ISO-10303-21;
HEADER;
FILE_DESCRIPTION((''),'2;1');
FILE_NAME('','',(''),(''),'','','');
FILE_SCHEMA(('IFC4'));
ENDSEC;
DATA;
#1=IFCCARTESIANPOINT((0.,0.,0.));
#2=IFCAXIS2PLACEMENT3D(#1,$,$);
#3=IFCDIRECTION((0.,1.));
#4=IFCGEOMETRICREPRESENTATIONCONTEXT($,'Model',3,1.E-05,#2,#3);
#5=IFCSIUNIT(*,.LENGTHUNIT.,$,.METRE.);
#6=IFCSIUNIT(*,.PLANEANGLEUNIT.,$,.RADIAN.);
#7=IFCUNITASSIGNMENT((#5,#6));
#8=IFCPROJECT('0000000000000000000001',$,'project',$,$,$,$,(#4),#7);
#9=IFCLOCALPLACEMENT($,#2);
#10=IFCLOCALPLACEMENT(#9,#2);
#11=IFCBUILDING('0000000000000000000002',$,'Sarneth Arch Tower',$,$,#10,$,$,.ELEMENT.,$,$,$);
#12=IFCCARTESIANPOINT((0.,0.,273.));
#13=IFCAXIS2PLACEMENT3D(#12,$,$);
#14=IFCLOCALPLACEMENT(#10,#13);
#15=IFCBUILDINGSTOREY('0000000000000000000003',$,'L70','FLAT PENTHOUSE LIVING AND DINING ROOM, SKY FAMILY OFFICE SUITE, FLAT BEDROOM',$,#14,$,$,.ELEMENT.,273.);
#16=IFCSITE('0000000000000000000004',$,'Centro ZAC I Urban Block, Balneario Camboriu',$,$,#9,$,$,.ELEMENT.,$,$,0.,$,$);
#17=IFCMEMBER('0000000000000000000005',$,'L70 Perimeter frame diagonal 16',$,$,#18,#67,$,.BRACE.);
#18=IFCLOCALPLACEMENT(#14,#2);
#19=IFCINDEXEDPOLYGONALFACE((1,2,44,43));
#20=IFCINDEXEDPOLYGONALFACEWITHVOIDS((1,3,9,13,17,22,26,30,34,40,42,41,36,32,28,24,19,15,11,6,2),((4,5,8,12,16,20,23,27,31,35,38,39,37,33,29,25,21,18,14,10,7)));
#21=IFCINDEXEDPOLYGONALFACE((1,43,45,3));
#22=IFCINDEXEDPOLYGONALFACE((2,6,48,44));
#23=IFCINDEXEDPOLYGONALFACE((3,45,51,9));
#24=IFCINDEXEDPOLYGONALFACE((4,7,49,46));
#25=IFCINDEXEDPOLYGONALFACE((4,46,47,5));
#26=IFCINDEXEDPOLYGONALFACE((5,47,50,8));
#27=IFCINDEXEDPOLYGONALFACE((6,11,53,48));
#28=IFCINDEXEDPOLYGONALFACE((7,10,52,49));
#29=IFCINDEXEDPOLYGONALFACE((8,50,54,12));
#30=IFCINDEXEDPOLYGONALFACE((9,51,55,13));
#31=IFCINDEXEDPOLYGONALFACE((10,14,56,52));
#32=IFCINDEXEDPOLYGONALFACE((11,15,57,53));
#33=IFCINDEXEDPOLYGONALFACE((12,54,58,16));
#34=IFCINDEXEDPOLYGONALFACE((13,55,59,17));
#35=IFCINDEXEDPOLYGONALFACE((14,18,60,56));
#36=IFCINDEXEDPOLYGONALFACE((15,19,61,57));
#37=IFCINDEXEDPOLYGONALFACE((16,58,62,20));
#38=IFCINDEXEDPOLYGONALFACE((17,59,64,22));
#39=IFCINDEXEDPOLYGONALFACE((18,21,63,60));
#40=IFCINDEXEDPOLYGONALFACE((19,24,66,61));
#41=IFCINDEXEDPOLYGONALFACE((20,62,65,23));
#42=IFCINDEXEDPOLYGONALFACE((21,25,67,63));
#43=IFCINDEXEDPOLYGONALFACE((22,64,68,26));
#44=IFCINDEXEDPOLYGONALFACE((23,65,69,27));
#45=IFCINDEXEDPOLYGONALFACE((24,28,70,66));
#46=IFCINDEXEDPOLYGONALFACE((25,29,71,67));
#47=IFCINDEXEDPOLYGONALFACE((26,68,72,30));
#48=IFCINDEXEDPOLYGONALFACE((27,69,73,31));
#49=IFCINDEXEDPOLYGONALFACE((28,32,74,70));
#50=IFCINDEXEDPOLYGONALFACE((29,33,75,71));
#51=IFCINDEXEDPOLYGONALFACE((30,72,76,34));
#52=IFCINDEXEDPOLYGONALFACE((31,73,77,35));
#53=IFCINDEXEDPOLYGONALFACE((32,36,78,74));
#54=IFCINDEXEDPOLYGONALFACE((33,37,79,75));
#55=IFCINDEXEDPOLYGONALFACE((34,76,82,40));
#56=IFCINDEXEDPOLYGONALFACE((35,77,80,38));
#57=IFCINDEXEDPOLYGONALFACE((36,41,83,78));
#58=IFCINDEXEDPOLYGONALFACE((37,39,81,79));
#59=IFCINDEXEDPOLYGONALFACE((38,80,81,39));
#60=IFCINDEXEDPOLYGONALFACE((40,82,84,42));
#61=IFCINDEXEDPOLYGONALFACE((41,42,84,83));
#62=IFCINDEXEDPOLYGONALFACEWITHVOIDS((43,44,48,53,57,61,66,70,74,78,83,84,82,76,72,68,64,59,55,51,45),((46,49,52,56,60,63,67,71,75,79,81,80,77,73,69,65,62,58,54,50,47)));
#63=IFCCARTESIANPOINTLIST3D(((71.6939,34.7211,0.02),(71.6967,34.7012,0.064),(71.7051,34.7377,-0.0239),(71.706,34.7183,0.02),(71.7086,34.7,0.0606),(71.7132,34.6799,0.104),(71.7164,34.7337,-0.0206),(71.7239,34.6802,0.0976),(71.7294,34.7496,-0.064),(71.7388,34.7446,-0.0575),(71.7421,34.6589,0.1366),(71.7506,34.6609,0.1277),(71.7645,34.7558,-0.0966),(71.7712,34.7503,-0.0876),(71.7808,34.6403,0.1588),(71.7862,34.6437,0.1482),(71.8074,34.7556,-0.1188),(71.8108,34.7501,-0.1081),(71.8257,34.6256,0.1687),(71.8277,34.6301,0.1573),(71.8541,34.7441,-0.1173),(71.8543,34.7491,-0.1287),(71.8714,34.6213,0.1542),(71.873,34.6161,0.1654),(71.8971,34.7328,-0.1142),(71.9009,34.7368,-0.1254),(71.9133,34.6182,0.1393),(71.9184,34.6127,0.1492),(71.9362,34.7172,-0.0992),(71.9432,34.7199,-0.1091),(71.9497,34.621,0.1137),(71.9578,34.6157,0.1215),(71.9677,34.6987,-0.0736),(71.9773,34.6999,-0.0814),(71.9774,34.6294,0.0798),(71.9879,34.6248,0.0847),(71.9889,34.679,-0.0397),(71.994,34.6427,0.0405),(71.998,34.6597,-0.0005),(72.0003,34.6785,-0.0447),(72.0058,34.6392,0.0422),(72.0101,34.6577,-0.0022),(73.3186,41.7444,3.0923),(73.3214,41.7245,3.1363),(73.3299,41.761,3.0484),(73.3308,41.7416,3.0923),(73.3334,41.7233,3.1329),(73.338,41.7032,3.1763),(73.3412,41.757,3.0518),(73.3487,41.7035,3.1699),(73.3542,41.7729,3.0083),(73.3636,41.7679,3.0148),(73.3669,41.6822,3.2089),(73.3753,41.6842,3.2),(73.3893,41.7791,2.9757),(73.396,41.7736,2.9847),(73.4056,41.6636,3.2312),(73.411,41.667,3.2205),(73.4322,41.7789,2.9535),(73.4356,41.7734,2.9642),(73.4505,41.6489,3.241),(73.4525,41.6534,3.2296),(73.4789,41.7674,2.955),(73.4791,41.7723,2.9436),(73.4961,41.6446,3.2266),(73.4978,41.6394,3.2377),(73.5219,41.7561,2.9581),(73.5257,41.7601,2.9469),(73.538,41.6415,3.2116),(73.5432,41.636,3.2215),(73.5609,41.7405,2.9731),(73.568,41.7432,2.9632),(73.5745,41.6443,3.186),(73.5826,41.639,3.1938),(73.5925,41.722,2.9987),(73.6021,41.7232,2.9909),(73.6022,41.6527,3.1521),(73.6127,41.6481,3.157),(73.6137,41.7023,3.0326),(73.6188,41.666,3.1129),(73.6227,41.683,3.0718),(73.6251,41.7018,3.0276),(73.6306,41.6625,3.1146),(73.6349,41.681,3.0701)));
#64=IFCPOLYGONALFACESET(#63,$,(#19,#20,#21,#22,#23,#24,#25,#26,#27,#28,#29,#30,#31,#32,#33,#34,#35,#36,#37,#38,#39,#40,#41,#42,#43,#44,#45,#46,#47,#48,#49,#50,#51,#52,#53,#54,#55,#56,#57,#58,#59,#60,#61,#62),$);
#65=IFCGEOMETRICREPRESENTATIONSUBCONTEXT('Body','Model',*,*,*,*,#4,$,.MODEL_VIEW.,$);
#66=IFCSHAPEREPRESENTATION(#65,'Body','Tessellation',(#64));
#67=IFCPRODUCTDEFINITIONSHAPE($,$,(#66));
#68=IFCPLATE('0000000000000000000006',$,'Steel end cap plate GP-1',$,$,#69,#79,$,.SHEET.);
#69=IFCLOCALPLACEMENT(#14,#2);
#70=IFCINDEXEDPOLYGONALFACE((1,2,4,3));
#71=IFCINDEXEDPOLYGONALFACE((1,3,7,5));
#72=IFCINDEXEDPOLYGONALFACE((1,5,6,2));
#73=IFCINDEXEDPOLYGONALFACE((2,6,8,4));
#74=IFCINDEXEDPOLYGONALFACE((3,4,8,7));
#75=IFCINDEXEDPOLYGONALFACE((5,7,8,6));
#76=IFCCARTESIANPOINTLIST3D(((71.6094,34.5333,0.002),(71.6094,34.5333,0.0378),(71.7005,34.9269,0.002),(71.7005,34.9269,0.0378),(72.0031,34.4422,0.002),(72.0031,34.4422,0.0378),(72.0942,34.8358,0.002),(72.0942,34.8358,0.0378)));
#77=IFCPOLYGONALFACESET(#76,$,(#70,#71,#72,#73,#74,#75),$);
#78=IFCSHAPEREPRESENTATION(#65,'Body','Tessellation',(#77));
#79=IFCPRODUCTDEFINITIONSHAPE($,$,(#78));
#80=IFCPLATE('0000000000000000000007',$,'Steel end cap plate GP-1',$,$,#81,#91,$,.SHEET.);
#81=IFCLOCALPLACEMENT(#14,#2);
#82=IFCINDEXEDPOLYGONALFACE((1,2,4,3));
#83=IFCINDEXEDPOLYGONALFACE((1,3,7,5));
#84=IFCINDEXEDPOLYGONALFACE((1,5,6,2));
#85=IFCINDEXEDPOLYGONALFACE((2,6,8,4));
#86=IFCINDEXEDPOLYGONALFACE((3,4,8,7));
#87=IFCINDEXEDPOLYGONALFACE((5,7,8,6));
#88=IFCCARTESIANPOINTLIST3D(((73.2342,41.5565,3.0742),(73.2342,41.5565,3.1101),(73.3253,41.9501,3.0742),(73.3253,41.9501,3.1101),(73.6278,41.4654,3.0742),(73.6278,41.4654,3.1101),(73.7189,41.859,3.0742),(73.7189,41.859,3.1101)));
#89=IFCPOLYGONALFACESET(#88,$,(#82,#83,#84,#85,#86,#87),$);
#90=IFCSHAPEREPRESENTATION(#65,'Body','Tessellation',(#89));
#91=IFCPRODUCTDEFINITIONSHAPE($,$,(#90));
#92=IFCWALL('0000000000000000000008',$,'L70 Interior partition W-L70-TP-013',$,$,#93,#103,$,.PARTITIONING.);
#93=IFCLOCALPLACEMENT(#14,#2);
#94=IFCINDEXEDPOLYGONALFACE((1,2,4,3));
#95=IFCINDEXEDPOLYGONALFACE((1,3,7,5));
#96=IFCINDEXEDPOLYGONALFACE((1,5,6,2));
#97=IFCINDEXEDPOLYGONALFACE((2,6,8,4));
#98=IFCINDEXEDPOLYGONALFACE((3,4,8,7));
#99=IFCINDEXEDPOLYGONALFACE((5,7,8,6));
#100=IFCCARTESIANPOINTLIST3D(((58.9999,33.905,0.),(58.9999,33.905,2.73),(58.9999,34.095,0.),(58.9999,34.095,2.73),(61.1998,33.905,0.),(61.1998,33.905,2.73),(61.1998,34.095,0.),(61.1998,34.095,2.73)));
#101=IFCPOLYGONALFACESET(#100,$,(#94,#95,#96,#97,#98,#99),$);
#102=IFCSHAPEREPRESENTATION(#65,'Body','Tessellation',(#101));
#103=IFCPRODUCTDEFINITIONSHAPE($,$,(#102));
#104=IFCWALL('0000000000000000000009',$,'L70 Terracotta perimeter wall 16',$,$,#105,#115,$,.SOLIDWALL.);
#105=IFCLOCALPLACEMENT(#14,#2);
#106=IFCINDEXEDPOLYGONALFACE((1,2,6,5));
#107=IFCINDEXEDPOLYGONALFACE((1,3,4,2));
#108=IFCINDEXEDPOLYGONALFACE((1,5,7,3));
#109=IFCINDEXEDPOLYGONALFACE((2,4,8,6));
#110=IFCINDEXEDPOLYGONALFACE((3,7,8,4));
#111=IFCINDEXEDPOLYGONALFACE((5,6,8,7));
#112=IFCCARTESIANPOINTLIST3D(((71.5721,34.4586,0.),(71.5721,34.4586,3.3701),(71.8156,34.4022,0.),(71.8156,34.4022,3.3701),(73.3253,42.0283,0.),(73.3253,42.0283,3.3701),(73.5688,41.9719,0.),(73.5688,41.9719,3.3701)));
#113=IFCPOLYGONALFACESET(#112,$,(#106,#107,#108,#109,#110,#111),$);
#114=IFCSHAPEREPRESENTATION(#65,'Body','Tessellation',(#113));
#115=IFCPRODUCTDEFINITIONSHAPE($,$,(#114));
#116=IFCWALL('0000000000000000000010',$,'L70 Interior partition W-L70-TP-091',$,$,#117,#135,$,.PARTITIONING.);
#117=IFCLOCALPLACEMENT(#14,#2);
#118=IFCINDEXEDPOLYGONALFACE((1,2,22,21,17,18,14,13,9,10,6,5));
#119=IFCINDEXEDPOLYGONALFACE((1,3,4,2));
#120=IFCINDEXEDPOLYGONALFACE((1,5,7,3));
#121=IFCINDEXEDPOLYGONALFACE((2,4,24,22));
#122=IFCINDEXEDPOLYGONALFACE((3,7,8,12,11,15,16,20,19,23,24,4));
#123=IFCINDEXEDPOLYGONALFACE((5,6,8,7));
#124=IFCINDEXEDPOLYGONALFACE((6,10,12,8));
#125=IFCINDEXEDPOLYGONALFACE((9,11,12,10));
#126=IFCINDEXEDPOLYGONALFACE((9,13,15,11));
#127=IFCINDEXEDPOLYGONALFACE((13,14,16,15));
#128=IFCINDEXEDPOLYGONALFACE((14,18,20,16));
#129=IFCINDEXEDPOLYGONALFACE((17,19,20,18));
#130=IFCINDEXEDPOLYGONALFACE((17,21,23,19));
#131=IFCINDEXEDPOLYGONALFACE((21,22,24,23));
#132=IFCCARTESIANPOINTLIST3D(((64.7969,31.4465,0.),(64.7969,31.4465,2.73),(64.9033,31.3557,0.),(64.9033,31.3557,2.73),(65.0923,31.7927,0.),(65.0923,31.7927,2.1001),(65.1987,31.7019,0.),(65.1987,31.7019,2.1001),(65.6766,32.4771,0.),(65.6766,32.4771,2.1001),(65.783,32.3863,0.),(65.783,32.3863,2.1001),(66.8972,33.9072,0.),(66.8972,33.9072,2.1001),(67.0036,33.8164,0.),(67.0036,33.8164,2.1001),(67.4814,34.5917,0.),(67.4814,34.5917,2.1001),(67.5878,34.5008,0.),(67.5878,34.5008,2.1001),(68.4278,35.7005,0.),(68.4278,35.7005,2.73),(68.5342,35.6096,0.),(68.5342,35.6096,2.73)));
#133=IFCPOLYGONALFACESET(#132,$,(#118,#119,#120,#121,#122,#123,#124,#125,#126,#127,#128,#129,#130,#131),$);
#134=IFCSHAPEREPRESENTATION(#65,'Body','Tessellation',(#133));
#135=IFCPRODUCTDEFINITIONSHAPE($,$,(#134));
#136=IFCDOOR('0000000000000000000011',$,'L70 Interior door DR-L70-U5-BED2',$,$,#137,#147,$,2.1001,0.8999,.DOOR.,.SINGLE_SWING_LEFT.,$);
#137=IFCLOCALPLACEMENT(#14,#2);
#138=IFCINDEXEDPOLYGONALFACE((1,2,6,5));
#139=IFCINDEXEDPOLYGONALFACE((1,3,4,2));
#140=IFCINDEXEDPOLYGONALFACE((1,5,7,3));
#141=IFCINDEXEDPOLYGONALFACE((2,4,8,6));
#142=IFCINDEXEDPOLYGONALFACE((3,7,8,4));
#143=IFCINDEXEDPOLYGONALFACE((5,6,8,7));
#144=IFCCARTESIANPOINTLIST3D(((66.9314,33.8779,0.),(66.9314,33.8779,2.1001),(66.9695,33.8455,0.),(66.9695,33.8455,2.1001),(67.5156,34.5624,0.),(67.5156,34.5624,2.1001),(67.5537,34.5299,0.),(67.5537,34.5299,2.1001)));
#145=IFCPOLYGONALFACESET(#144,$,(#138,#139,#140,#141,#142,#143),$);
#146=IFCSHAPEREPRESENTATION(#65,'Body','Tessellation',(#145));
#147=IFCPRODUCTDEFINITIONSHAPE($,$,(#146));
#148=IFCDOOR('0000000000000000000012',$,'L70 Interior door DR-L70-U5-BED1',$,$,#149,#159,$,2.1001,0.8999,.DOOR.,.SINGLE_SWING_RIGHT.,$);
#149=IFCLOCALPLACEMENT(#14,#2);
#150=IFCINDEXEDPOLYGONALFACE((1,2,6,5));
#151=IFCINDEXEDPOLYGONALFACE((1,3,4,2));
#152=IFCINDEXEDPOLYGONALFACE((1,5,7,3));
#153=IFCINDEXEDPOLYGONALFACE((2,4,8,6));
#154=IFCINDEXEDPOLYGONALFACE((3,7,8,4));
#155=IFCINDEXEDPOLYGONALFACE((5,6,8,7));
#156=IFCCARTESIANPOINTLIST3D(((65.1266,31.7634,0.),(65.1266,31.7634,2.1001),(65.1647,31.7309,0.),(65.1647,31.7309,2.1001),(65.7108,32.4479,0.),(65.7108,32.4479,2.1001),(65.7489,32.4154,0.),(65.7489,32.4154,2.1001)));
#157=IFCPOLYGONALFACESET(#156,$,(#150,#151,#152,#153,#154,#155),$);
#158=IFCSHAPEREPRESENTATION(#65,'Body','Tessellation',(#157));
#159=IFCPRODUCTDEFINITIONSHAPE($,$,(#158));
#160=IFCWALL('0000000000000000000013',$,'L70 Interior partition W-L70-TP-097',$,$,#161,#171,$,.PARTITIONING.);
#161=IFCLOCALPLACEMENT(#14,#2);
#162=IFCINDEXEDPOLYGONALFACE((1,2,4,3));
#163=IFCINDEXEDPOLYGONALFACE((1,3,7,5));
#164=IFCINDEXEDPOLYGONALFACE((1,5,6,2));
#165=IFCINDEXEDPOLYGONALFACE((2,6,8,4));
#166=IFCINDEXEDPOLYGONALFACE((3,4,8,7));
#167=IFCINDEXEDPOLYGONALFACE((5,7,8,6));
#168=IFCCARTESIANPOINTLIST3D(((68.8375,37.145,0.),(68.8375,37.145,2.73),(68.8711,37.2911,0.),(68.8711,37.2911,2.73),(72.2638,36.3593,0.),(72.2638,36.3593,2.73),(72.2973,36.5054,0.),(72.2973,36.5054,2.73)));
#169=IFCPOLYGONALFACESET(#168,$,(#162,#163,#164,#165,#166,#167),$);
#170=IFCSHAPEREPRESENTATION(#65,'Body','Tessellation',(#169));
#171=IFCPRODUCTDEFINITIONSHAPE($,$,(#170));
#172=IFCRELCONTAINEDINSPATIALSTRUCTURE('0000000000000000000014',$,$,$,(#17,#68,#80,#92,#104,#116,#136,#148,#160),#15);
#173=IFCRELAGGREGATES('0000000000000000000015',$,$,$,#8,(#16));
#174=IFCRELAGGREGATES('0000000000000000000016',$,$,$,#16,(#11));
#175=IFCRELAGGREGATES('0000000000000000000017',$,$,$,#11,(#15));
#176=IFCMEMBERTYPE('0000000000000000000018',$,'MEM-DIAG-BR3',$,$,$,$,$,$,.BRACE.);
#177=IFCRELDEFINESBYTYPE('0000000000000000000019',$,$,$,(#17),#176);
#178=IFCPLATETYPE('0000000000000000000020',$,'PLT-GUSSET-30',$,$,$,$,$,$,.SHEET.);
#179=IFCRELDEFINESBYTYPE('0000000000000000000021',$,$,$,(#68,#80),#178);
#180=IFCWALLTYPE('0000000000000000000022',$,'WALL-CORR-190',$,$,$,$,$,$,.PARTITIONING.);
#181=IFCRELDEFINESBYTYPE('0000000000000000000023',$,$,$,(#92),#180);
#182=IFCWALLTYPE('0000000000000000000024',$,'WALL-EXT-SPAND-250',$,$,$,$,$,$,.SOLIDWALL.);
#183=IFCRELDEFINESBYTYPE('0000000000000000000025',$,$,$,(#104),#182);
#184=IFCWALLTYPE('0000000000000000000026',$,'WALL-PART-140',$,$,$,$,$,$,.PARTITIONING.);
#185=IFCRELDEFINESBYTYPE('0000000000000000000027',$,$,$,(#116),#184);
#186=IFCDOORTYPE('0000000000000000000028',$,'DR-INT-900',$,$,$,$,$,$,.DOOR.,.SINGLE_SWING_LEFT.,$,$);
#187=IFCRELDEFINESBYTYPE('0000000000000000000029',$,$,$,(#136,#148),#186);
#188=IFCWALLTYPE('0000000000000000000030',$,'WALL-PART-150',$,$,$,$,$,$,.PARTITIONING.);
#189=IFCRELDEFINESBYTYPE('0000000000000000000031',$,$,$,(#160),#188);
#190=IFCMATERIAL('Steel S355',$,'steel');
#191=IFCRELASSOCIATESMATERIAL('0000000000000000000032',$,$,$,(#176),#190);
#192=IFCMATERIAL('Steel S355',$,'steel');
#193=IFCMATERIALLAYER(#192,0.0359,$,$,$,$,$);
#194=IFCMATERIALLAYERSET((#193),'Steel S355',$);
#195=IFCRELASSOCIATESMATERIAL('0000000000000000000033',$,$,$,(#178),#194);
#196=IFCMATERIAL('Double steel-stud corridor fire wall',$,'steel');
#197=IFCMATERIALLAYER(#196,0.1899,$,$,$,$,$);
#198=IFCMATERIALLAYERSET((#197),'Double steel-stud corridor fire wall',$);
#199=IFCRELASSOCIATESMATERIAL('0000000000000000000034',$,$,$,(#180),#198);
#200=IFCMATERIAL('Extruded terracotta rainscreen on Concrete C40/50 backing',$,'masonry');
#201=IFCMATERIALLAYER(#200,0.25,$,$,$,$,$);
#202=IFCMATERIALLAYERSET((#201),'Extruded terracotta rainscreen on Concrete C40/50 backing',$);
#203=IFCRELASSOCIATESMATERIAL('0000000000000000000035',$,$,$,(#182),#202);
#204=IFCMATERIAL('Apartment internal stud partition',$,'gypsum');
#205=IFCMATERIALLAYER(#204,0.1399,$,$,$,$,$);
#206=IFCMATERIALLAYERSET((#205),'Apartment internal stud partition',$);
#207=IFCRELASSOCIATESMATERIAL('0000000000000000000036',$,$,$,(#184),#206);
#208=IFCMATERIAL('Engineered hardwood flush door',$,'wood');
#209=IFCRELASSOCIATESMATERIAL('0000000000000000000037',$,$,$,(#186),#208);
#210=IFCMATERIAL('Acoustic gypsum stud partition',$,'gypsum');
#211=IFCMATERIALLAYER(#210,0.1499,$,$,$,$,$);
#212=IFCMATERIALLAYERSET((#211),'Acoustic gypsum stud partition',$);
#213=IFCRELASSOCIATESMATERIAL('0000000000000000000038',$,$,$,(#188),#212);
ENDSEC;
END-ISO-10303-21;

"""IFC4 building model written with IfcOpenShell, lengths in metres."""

from ifc_helpers import new_model, si_unit, direction, frame, frame_2d, origin, origin_2d, place, context, subcontext, project, spatial, rectangle, hollow_circle, extrude, material, layer, layer_set, material_profile, profile_set, type_object, element, fill, save


model = new_model("IFC4")

# Units and contexts
model_context = context("Model", 3, precision=1e-05, world=origin(), true_north=direction((0.0, 1.0)))
body_context = subcontext(model_context, "Body", "Model", "MODEL_VIEW")
ifc_project = project(units=[si_unit("LENGTHUNIT", "METRE"), si_unit("PLANEANGLEUNIT", "RADIAN")], contexts=[model_context])

# Site, building, storey
site_placement = place(None, origin())
site = spatial("IfcSite", under=ifc_project, at=site_placement, Name="Centro ZAC I Urban Block, Balneario Camboriu", CompositionType="ELEMENT", RefElevation=0.0)
building_placement = place(site_placement, origin())
building = spatial("IfcBuilding", under=site, at=building_placement, Name="Sarneth Arch Tower", CompositionType="ELEMENT")
storey_placement = place(building_placement, frame((0.0, 0.0, 273.0)))
storey = spatial("IfcBuildingStorey", under=building, at=storey_placement, Name="L70", Description="FLAT PENTHOUSE LIVING AND DINING ROOM, SKY FAMILY OFFICE SUITE, FLAT BEDROOM", CompositionType="ELEMENT", Elevation=273.0)

# Member
ifc_material_1 = material(Name="Steel S355", Category="steel")
ifc_material_profile_1 = material_profile(ifc_material_1, hollow_circle(Radius=0.1621, WallThickness=0.0125, at=origin_2d()), Name="CHS324x12.5")
ifc_profile_set_1 = profile_set([ifc_material_profile_1], Name="Steel S355")
member_type = type_object("IfcMemberType", Name="MEM-DIAG-BR3", PredefinedType="BRACE", material=ifc_profile_set_1)
member_placement = place(storey_placement, frame((71.8518, 34.6846, 0.02), z_axis=(0.207343, 0.896265, 0.392067), x_axis=(-0.974269, 0.225389, 0.0)))
element("IfcMember", 1, at=member_placement, inside=storey, type_object=member_type, Name="L70 Perimeter frame diagonal 16", PredefinedType="BRACE", context=body_context, shape_type="SweptSolid", body=[
    extrude(hollow_circle(Radius=0.1621, WallThickness=0.0125, at=origin_2d()), origin(), (0.0, 0.0, 1.0), 7.8362),
])

# Plates
ifc_material_2 = material(Name="Steel S355", Category="steel")
ifc_layer_1 = layer(ifc_material_2, 0.0359)
ifc_layer_set_1 = layer_set([ifc_layer_1], Name="Steel S355")
plate_type = type_object("IfcPlateType", Name="PLT-GUSSET-30", PredefinedType="SHEET", material=ifc_layer_set_1)
for number, where, z_axis, x_axis, name in (
    (2, (71.8518, 34.6846, 0.002), (0.0, 0.0, 1.0), (0.225461, 0.974252, 0.0), "Steel end cap plate GP-1"),
    (3, (73.4766, 41.7078, 3.0742), (0.0, 0.0, 1.0), (0.225461, 0.974252, 0.0), "Steel end cap plate GP-1"),
):
    element("IfcPlate", number, at=place(storey_placement, frame(where, z_axis=z_axis, x_axis=x_axis)), inside=storey, type_object=plate_type, Name=name, PredefinedType="SHEET", context=body_context, shape_type="SweptSolid", body=[
        extrude(rectangle(XDim=0.4041, YDim=0.4041, at=origin_2d()), origin(), (0.0, 0.0, 1.0), 0.0359),
    ])

# Walls
ifc_material_3 = material(Name="Double steel-stud corridor fire wall", Category="steel")
ifc_layer_2 = layer(ifc_material_3, 0.1899)
ifc_layer_set_2 = layer_set([ifc_layer_2], Name="Double steel-stud corridor fire wall")
wall_type_1 = type_object("IfcWallType", Name="WALL-CORR-190", PredefinedType="PARTITIONING", material=ifc_layer_set_2)
wall_1_placement = place(storey_placement, frame((61.2, 34.0, 0.0), z_axis=(0.0, 0.0, 1.0), x_axis=(-1.0, 0.0, 0.0)))
element("IfcWall", 4, at=wall_1_placement, inside=storey, type_object=wall_type_1, Name="L70 Interior partition W-L70-TP-013", PredefinedType="PARTITIONING", context=body_context, shape_type="SweptSolid", body=[
    extrude(rectangle(XDim=2.2, YDim=0.1899, at=frame_2d((1.1001, 0.0))), origin(), (0.0, 0.0, 1.0), 2.73),
])
ifc_material_4 = material(Name="Extruded terracotta rainscreen on Concrete C40/50 backing", Category="masonry")
ifc_layer_3 = layer(ifc_material_4, 0.25)
ifc_layer_set_3 = layer_set([ifc_layer_3], Name="Extruded terracotta rainscreen on Concrete C40/50 backing")
wall_type_2 = type_object("IfcWallType", Name="WALL-EXT-SPAND-250", PredefinedType="SOLIDWALL", material=ifc_layer_set_3)
wall_2_placement = place(storey_placement, frame((71.6938, 34.4304, 0.0), z_axis=(0.0, 0.0, 1.0), x_axis=(0.225635, 0.974212, 0.0)))
element("IfcWall", 5, at=wall_2_placement, inside=storey, type_object=wall_type_2, Name="L70 Terracotta perimeter wall 16", PredefinedType="SOLIDWALL", context=body_context, shape_type="SweptSolid", body=[
    extrude(rectangle(XDim=7.77, YDim=0.25, at=frame_2d((3.885, 0.0))), origin(), (0.0, 0.0, 1.0), 3.3701),
])

# Wall, openings, doors
ifc_material_5 = material(Name="Apartment internal stud partition", Category="gypsum")
ifc_layer_4 = layer(ifc_material_5, 0.1399)
ifc_layer_set_4 = layer_set([ifc_layer_4], Name="Apartment internal stud partition")
wall_type_3 = type_object("IfcWallType", Name="WALL-PART-140", PredefinedType="PARTITIONING", material=ifc_layer_set_4)
wall_3_placement = place(storey_placement, frame((64.8501, 31.4011, 0.0), z_axis=(0.0, 0.0, 1.0), x_axis=(0.649208, 0.760611, 0.0)))
wall_3 = element("IfcWall", 6, at=wall_3_placement, inside=storey, type_object=wall_type_3, Name="L70 Interior partition W-L70-TP-091", PredefinedType="PARTITIONING", context=body_context, shape_type="SweptSolid", body=[
    extrude(rectangle(XDim=5.5928, YDim=0.1399, at=frame_2d((2.7964, 0.0))), origin(), (0.0, 0.0, 1.0), 2.73),
])
opening_1_placement = place(wall_3_placement, frame((3.2351, 0.0, 0.0)))
opening_1 = element("IfcOpeningElement", 7, at=opening_1_placement, cuts=wall_3, PredefinedType="OPENING", context=body_context, shape_type="SweptSolid", body=[
    extrude(rectangle(XDim=0.8999, YDim=2.1001, at=frame_2d((0.45, 1.05))), frame((0.0, 0.0798, 0.0), z_axis=(0.0, -1.0, 0.0), x_axis=(1.0, 0.0, 0.0)), (0.0, 0.0, 1.0), 0.1599),
])
opening_2_placement = place(wall_3_placement, frame((0.4551, 0.0, 0.0)))
opening_2 = element("IfcOpeningElement", 8, at=opening_2_placement, cuts=wall_3, PredefinedType="OPENING", context=body_context, shape_type="SweptSolid", body=[
    extrude(rectangle(XDim=0.8999, YDim=2.1001, at=frame_2d((0.45, 1.05))), frame((0.0, 0.0798, 0.0), z_axis=(0.0, -1.0, 0.0), x_axis=(1.0, 0.0, 0.0)), (0.0, 0.0, 1.0), 0.1599),
])
ifc_material_6 = material(Name="Engineered hardwood flush door", Category="wood")
door_type = type_object("IfcDoorType", Name="DR-INT-900", OperationType="SINGLE_SWING_LEFT", PredefinedType="DOOR", material=ifc_material_6)
door_1_placement = place(opening_1_placement, origin())
door_1 = element("IfcDoor", 9, at=door_1_placement, inside=storey, type_object=door_type, Name="L70 Interior door DR-L70-U5-BED2", OperationType="SINGLE_SWING_LEFT", OverallHeight=2.1001, OverallWidth=0.8999, PredefinedType="DOOR", context=body_context, shape_type="SweptSolid", body=[
    extrude(rectangle(XDim=0.8999, YDim=2.1001, at=frame_2d((0.45, 1.05))), frame((0.0, 0.0249, 0.0), z_axis=(0.0, -1.0, 0.0), x_axis=(1.0, 0.0, 0.0)), (0.0, 0.0, 1.0), 0.05),
])
fill(opening_1, door_1)
door_2_placement = place(opening_2_placement, origin())
door_2 = element("IfcDoor", 10, at=door_2_placement, inside=storey, type_object=door_type, Name="L70 Interior door DR-L70-U5-BED1", OperationType="SINGLE_SWING_RIGHT", OverallHeight=2.1001, OverallWidth=0.8999, PredefinedType="DOOR", context=body_context, shape_type="SweptSolid", body=[
    extrude(rectangle(XDim=0.8999, YDim=2.1001, at=frame_2d((0.45, 1.05))), frame((0.0, 0.0249, 0.0), z_axis=(0.0, -1.0, 0.0), x_axis=(1.0, 0.0, 0.0)), (0.0, 0.0, 1.0), 0.05),
])
fill(opening_2, door_2)

# Wall
ifc_material_7 = material(Name="Acoustic gypsum stud partition", Category="gypsum")
ifc_layer_5 = layer(ifc_material_7, 0.1499)
ifc_layer_set_5 = layer_set([ifc_layer_5], Name="Acoustic gypsum stud partition")
wall_type_4 = type_object("IfcWallType", Name="WALL-PART-150", PredefinedType="PARTITIONING", material=ifc_layer_set_5)
wall_4_placement = place(storey_placement, frame((72.2805, 36.4324, 0.0), z_axis=(0.0, 0.0, 1.0), x_axis=(-0.974704, 0.2235, 0.0)))
element("IfcWall", 11, at=wall_4_placement, inside=storey, type_object=wall_type_4, Name="L70 Interior partition W-L70-TP-097", PredefinedType="PARTITIONING", context=body_context, shape_type="SweptSolid", body=[
    extrude(rectangle(XDim=3.5151, YDim=0.1499, at=frame_2d((1.7576, 0.0))), origin(), (0.0, 0.0, 1.0), 2.73),
])

save(model, "model.ifc")
